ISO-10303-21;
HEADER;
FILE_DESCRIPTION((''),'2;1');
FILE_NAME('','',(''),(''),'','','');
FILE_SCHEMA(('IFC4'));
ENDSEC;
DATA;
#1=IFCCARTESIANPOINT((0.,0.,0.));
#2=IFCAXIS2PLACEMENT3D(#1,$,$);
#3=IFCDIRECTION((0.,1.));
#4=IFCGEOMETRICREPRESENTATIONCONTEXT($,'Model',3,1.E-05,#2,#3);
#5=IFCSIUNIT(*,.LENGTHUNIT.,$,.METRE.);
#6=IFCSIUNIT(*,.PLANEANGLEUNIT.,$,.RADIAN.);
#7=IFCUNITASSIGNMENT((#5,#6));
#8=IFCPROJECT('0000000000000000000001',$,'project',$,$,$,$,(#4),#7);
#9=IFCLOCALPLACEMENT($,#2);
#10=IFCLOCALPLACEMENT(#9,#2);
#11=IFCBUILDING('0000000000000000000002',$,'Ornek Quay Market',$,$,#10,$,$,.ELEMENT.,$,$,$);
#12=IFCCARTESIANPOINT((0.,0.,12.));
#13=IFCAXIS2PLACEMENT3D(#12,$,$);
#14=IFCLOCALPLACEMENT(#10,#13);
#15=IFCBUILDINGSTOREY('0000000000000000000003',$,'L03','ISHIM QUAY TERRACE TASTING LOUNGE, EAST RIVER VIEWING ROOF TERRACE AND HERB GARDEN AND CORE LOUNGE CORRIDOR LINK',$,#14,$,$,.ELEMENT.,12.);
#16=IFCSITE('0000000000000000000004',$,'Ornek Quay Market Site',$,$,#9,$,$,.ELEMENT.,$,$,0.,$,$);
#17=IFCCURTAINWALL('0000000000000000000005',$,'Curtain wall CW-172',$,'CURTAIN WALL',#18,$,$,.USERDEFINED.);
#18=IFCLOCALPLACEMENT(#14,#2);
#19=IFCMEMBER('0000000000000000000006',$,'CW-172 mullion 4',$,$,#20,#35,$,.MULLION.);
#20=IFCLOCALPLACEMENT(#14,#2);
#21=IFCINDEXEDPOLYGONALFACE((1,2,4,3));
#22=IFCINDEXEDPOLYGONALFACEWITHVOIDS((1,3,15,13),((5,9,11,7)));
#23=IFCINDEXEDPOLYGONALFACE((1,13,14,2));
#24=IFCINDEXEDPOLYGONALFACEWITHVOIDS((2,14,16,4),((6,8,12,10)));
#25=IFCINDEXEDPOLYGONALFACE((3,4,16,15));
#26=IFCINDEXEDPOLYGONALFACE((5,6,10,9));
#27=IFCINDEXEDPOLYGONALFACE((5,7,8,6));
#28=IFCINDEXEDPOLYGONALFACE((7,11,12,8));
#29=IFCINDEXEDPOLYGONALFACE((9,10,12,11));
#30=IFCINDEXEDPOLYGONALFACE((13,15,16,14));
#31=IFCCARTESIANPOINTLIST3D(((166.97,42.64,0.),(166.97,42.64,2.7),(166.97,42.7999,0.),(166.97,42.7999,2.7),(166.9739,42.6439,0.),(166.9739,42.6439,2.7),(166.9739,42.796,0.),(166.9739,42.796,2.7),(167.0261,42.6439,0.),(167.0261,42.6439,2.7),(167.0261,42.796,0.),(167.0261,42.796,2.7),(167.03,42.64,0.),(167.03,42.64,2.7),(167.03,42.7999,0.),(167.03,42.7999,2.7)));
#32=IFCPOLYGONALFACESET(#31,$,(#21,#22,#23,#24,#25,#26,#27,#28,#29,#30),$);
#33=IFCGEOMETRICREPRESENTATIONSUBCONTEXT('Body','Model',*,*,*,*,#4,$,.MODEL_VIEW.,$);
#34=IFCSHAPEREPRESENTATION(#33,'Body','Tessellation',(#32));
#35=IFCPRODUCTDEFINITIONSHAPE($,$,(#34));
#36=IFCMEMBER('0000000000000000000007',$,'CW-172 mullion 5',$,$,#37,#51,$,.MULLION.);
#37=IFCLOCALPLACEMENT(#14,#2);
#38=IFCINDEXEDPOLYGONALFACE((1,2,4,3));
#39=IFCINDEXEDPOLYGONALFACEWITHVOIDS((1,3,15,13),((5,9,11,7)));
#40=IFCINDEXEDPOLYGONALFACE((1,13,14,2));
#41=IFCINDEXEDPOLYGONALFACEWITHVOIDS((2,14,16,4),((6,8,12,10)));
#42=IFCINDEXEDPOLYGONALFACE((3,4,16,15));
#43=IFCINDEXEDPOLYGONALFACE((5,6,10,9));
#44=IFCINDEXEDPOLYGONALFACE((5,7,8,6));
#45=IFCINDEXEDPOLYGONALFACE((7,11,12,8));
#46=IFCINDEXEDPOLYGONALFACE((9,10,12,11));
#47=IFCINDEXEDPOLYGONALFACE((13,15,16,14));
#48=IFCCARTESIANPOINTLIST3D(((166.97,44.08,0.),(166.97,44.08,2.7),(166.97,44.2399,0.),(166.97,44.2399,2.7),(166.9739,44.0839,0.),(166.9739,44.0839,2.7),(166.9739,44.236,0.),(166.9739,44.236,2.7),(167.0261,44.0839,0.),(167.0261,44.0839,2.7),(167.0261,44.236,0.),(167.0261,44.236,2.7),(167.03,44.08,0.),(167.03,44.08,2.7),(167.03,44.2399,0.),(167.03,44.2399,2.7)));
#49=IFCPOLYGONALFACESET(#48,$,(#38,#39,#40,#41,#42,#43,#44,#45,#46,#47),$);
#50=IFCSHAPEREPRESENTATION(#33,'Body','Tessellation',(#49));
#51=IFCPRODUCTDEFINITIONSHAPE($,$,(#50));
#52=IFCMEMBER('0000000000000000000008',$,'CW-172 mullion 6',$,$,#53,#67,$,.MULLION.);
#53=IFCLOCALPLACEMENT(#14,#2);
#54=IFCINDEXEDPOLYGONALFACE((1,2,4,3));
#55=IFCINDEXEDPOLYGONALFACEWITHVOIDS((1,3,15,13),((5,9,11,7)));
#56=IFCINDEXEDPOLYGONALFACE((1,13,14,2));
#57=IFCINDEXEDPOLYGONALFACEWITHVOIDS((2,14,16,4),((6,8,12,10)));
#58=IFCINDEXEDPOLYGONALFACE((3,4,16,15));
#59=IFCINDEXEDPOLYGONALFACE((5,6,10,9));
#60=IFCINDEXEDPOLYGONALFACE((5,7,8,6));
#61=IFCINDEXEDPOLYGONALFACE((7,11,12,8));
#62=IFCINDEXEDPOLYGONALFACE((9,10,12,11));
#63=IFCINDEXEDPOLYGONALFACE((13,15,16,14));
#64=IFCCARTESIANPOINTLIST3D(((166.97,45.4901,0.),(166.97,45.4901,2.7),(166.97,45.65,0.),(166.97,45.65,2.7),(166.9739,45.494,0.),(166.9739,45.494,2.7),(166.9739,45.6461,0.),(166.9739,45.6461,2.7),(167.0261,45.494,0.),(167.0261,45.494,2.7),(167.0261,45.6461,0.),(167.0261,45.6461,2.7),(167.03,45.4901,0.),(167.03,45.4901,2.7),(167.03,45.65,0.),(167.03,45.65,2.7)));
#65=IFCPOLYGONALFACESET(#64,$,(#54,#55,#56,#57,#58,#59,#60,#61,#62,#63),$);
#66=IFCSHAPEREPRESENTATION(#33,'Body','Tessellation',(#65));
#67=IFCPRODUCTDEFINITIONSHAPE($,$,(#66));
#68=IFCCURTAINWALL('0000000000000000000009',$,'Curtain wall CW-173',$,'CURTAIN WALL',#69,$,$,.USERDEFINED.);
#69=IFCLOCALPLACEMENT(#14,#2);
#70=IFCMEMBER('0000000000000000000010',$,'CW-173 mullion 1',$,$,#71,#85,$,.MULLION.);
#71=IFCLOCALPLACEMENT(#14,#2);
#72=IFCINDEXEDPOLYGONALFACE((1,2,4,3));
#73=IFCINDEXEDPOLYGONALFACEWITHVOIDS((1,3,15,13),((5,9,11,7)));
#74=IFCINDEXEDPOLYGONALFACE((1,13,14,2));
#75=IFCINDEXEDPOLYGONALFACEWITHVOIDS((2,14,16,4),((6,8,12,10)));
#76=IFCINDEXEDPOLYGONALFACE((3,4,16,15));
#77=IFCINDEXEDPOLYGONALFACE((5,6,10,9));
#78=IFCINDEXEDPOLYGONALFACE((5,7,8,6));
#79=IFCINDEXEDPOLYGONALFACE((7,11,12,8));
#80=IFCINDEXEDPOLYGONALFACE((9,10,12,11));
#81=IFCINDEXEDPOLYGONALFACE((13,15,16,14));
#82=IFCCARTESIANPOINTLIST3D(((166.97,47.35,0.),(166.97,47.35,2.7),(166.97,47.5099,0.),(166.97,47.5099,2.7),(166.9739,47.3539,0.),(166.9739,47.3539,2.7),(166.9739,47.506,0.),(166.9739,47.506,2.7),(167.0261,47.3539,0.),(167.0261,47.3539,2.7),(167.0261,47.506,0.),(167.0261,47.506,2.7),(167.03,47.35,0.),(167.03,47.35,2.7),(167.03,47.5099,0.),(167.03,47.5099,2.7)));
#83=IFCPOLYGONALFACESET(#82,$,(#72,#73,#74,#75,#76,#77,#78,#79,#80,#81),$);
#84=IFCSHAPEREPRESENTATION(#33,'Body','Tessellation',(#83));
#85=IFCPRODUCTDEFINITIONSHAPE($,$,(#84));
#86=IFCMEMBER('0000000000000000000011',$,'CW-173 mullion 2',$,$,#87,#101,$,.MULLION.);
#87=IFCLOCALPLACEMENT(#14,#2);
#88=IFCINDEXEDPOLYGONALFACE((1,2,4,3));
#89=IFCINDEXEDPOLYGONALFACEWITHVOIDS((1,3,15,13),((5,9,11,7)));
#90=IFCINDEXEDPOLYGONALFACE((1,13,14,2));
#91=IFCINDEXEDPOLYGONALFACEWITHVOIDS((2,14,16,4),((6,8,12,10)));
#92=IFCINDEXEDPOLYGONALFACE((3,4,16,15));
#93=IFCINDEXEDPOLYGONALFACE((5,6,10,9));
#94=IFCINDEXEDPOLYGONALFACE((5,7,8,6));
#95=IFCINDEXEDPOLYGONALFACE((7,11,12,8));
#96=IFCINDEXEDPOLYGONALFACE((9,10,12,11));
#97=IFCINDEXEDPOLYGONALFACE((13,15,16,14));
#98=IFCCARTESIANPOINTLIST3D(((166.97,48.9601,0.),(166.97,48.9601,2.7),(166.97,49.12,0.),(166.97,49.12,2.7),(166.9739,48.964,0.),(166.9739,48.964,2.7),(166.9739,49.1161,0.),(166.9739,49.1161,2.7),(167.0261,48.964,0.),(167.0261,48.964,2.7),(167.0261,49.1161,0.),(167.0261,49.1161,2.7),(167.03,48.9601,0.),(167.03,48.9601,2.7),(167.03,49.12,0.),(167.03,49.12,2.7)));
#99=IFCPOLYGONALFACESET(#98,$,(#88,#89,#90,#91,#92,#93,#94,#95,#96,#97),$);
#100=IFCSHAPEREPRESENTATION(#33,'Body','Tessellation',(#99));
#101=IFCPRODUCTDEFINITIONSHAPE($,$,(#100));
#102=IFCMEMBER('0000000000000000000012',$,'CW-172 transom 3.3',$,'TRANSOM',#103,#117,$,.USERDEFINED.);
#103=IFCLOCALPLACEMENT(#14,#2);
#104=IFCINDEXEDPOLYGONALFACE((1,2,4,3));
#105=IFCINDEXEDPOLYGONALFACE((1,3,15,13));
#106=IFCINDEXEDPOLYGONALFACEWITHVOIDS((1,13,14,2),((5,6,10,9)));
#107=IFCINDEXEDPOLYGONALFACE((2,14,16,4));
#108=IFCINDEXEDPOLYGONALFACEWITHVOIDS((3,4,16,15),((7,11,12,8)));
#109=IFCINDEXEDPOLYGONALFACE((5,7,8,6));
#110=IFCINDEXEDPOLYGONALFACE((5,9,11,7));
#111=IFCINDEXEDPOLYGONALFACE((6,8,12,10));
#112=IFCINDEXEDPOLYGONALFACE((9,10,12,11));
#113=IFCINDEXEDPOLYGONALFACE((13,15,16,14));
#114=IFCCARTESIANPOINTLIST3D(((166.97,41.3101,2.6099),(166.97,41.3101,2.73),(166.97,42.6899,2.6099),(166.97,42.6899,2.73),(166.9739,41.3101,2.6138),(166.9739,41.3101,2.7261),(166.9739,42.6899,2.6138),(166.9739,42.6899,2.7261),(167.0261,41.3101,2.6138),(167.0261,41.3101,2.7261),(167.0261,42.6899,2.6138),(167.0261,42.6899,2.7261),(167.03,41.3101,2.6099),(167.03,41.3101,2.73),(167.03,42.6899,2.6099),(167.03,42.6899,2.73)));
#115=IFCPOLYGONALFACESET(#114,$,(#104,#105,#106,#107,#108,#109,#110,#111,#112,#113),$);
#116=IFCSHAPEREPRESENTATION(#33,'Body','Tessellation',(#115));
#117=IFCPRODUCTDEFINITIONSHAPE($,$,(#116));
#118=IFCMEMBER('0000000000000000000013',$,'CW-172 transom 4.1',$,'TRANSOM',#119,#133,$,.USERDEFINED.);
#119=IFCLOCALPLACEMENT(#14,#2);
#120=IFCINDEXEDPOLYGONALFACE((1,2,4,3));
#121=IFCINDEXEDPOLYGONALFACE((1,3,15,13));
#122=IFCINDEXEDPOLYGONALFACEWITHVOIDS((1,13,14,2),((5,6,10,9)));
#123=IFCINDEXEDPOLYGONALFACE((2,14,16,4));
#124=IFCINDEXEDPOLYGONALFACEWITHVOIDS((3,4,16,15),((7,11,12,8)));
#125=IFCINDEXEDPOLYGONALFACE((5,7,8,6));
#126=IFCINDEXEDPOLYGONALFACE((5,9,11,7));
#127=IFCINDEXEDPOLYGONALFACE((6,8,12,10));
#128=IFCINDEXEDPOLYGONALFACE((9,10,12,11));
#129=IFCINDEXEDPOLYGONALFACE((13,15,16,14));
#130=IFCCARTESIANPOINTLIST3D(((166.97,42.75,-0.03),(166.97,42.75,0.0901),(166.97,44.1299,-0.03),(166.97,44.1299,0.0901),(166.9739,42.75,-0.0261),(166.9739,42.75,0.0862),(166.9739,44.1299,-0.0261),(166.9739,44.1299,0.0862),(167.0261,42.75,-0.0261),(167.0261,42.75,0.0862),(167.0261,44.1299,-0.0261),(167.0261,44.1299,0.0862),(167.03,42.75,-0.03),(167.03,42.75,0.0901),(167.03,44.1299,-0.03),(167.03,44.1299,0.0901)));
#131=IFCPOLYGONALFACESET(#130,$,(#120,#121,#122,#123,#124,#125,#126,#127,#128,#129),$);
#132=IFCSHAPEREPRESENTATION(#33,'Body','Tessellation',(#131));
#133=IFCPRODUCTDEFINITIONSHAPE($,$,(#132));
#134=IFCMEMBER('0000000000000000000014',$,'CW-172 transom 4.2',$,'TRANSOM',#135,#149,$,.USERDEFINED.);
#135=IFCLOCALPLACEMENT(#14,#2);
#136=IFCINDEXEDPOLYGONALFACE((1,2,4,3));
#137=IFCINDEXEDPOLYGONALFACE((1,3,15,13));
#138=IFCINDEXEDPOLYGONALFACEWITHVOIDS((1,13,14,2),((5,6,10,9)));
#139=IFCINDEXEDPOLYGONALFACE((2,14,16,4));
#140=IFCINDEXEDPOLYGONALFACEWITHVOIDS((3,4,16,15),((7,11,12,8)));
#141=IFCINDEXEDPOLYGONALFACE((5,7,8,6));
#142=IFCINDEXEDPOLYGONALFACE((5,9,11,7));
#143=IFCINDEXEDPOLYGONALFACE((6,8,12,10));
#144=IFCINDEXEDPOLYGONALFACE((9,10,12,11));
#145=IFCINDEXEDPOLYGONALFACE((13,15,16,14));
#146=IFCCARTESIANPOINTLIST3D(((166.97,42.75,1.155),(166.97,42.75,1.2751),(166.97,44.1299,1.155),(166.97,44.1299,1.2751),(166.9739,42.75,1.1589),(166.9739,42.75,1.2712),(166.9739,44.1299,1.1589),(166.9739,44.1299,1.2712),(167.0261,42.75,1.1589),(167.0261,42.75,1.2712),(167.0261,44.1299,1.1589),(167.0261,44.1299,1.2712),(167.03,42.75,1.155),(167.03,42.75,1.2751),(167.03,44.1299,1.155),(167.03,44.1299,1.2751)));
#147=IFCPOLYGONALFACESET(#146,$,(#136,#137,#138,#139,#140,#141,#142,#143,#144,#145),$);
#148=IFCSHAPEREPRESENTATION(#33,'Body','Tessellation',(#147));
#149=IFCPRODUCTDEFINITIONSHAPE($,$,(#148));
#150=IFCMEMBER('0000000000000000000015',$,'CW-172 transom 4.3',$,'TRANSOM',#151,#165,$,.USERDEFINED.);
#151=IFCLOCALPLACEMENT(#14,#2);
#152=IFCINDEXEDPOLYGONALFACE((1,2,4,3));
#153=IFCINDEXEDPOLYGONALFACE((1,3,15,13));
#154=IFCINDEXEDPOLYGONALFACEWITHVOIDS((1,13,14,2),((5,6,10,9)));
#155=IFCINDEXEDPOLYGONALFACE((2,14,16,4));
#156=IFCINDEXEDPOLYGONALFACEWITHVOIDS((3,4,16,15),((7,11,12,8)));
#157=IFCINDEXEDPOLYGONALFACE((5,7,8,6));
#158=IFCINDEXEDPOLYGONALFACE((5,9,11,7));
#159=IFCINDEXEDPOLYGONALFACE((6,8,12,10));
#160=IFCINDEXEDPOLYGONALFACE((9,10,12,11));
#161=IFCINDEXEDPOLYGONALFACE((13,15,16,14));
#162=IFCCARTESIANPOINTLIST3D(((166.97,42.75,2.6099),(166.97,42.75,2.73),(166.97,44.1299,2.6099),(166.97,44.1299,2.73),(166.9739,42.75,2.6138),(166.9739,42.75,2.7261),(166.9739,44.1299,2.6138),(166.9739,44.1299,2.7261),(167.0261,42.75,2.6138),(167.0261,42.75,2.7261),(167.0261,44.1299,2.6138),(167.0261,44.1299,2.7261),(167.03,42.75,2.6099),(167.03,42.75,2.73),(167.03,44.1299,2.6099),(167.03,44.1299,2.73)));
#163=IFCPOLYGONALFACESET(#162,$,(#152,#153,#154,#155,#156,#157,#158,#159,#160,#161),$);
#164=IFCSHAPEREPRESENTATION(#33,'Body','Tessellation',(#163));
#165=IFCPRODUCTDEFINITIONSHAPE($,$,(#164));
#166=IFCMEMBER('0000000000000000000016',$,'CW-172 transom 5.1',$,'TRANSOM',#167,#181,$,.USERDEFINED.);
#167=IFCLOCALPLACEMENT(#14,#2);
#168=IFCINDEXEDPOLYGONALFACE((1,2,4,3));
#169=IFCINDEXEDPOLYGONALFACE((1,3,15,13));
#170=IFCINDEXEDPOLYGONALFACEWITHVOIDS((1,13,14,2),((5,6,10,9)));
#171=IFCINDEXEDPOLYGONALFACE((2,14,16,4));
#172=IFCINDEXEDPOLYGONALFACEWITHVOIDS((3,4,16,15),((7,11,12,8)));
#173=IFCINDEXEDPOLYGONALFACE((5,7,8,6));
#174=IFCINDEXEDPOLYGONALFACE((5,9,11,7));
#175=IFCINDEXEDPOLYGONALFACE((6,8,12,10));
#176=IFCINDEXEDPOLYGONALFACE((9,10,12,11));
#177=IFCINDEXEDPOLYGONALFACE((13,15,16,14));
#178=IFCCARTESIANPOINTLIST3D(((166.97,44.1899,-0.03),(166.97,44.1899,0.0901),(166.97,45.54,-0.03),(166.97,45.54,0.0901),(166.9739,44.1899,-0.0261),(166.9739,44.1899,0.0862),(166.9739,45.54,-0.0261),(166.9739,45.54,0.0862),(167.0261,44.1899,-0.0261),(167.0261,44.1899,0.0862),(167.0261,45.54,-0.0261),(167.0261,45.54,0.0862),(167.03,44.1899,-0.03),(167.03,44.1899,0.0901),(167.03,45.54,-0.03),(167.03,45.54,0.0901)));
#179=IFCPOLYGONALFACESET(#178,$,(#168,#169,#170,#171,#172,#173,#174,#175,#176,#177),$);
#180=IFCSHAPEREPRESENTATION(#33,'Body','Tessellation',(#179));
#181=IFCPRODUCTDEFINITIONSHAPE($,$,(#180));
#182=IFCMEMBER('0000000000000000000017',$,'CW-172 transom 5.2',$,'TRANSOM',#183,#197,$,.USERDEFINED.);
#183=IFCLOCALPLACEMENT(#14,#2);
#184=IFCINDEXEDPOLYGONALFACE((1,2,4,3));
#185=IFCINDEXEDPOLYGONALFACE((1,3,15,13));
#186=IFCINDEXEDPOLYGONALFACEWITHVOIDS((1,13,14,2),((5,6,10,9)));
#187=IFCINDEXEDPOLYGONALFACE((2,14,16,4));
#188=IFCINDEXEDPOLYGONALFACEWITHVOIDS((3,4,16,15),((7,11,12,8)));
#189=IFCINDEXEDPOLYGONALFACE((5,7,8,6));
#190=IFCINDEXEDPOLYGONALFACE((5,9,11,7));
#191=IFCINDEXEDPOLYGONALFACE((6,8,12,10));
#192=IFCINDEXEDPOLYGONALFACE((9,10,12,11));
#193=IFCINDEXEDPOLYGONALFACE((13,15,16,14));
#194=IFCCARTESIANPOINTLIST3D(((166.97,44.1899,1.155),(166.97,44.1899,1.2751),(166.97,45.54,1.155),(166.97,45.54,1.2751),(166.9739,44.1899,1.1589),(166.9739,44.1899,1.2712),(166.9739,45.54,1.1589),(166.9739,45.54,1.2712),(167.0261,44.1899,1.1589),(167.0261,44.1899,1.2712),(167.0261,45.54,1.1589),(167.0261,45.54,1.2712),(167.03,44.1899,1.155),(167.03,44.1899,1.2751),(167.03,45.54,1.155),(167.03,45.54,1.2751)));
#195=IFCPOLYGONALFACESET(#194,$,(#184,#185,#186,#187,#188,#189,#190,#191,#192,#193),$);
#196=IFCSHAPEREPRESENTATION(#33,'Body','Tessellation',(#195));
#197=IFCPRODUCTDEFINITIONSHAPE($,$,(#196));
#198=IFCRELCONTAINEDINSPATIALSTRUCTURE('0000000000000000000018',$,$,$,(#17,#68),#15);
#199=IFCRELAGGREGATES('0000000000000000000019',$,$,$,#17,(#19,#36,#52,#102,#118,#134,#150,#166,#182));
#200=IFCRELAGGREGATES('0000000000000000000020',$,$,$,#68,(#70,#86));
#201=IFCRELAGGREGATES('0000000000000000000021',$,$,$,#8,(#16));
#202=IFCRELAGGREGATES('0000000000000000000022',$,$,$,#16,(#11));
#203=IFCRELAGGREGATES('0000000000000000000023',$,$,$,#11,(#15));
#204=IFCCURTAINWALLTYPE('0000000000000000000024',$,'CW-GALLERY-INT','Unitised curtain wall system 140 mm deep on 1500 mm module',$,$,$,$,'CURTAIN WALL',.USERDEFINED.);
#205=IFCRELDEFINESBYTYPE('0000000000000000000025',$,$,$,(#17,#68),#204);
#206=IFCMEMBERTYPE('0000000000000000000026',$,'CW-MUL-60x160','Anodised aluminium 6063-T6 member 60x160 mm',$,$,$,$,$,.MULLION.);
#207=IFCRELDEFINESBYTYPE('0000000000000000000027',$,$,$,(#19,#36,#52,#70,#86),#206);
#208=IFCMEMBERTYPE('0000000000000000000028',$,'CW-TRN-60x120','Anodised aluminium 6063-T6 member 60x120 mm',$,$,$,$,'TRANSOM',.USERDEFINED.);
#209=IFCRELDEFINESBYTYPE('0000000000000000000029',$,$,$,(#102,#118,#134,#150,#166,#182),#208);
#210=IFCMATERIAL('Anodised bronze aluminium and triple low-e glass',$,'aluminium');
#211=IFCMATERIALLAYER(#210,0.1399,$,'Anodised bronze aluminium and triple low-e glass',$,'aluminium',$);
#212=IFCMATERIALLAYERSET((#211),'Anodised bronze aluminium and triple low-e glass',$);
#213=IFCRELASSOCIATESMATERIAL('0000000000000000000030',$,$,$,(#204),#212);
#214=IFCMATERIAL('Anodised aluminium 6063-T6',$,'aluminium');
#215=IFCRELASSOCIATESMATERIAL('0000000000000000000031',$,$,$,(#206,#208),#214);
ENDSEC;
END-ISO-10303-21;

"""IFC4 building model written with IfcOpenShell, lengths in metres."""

from ifc_helpers import new_model, si_unit, direction, frame, origin, origin_2d, place, context, subcontext, project, spatial, hollow_rectangle, extrude, material, layer, layer_set, material_profile, profile_set, type_object, element, aggregate, save


model = new_model("IFC4")

# Units and contexts
model_context = context("Model", 3, precision=1e-05, world=origin(), true_north=direction((0.0, 1.0)))
body_context = subcontext(model_context, "Body", "Model", "MODEL_VIEW")
ifc_project = project(units=[si_unit("LENGTHUNIT", "METRE"), si_unit("PLANEANGLEUNIT", "RADIAN")], contexts=[model_context])

# Site, building, storey
site_placement = place(None, origin())
site = spatial("IfcSite", under=ifc_project, at=site_placement, Name="Ornek Quay Market Site", CompositionType="ELEMENT", RefElevation=0.0)
building_placement = place(site_placement, origin())
building = spatial("IfcBuilding", under=site, at=building_placement, Name="Ornek Quay Market", CompositionType="ELEMENT")
storey_placement = place(building_placement, frame((0.0, 0.0, 12.0)))
storey = spatial("IfcBuildingStorey", under=building, at=storey_placement, Name="L03", Description="ISHIM QUAY TERRACE TASTING LOUNGE, EAST RIVER VIEWING ROOF TERRACE AND HERB GARDEN AND CORE LOUNGE CORRIDOR LINK", CompositionType="ELEMENT", Elevation=12.0)

# Curtain walls, members
ifc_material_1 = material(Name="Anodised bronze aluminium and triple low-e glass", Category="aluminium")
ifc_layer_1 = layer(ifc_material_1, 0.1399, Name="Anodised bronze aluminium and triple low-e glass", Category="aluminium")
ifc_layer_set_1 = layer_set([ifc_layer_1], Name="Anodised bronze aluminium and triple low-e glass")
curtain_wall_type = type_object("IfcCurtainWallType", Name="CW-GALLERY-INT", Description="Unitised curtain wall system 140 mm deep on 1500 mm module", ElementType="CURTAIN WALL", PredefinedType="USERDEFINED", material=ifc_layer_set_1)
curtain_wall_1_placement = place(storey_placement, origin())
curtain_wall_1 = element("IfcCurtainWall", 1, at=curtain_wall_1_placement, inside=storey, type_object=curtain_wall_type, Name="Curtain wall CW-172", ObjectType="CURTAIN WALL", PredefinedType="USERDEFINED")
ifc_material_2 = material(Name="Anodised aluminium 6063-T6", Category="aluminium")
ifc_material_profile_1 = material_profile(ifc_material_2, hollow_rectangle(XDim=0.0601, YDim=0.1599, WallThickness=0.0039, at=origin_2d()), Name="CW-MUL-60x160", Category="aluminium")
ifc_profile_set_1 = profile_set([ifc_material_profile_1], Name="Anodised aluminium 6063-T6")
member_type_1 = type_object("IfcMemberType", Name="CW-MUL-60x160", Description="Anodised aluminium 6063-T6 member 60x160 mm", PredefinedType="MULLION", material=ifc_profile_set_1)
member_1_placement = place(storey_placement, frame((167.0, 42.72, 0.0), z_axis=(0.0, 0.0, 1.0), x_axis=(-1.0, 0.0, 0.0)))
member_1 = element("IfcMember", 2, at=member_1_placement, type_object=member_type_1, Name="CW-172 mullion 4", PredefinedType="MULLION", context=body_context, shape_type="SweptSolid", body=[
    extrude(hollow_rectangle(XDim=0.0601, YDim=0.1599, WallThickness=0.0039, at=origin_2d()), origin(), (0.0, 0.0, 1.0), 2.7),
])
member_2_placement = place(storey_placement, frame((167.0, 44.1599, 0.0), z_axis=(0.0, 0.0, 1.0), x_axis=(-1.0, 0.0, 0.0)))
member_2 = element("IfcMember", 3, at=member_2_placement, type_object=member_type_1, Name="CW-172 mullion 5", PredefinedType="MULLION", context=body_context, shape_type="SweptSolid", body=[
    extrude(hollow_rectangle(XDim=0.0601, YDim=0.1599, WallThickness=0.0039, at=origin_2d()), origin(), (0.0, 0.0, 1.0), 2.7),
])
member_3_placement = place(storey_placement, frame((167.0, 45.5701, 0.0), z_axis=(0.0, 0.0, 1.0), x_axis=(-1.0, 0.0, 0.0)))
member_3 = element("IfcMember", 4, at=member_3_placement, type_object=member_type_1, Name="CW-172 mullion 6", PredefinedType="MULLION", context=body_context, shape_type="SweptSolid", body=[
    extrude(hollow_rectangle(XDim=0.0601, YDim=0.1599, WallThickness=0.0039, at=origin_2d()), origin(), (0.0, 0.0, 1.0), 2.7),
])
curtain_wall_2_placement = place(storey_placement, origin())
curtain_wall_2 = element("IfcCurtainWall", 5, at=curtain_wall_2_placement, inside=storey, type_object=curtain_wall_type, Name="Curtain wall CW-173", ObjectType="CURTAIN WALL", PredefinedType="USERDEFINED")
member_4_placement = place(storey_placement, frame((167.0, 47.4299, 0.0), z_axis=(0.0, 0.0, 1.0), x_axis=(-1.0, 0.0, 0.0)))
member_4 = element("IfcMember", 6, at=member_4_placement, type_object=member_type_1, Name="CW-173 mullion 1", PredefinedType="MULLION", context=body_context, shape_type="SweptSolid", body=[
    extrude(hollow_rectangle(XDim=0.0601, YDim=0.1599, WallThickness=0.0039, at=origin_2d()), origin(), (0.0, 0.0, 1.0), 2.7),
])
member_5_placement = place(storey_placement, frame((167.0, 49.04, 0.0), z_axis=(0.0, 0.0, 1.0), x_axis=(-1.0, 0.0, 0.0)))
member_5 = element("IfcMember", 7, at=member_5_placement, type_object=member_type_1, Name="CW-173 mullion 2", PredefinedType="MULLION", context=body_context, shape_type="SweptSolid", body=[
    extrude(hollow_rectangle(XDim=0.0601, YDim=0.1599, WallThickness=0.0039, at=origin_2d()), origin(), (0.0, 0.0, 1.0), 2.7),
])

# Members
ifc_material_profile_2 = material_profile(ifc_material_2, hollow_rectangle(XDim=0.0601, YDim=0.1201, WallThickness=0.0039, at=origin_2d()), Name="CW-TRN-60x120", Category="aluminium")
ifc_profile_set_2 = profile_set([ifc_material_profile_2], Name="Anodised aluminium 6063-T6")
member_type_2 = type_object("IfcMemberType", Name="CW-TRN-60x120", Description="Anodised aluminium 6063-T6 member 60x120 mm", ElementType="TRANSOM", PredefinedType="USERDEFINED", material=ifc_profile_set_2)
member_6_placement = place(storey_placement, frame((167.0, 41.3101, 2.6699), z_axis=(0.0, 1.0, 0.0), x_axis=(-1.0, 0.0, 0.0)))
member_6 = element("IfcMember", 8, at=member_6_placement, type_object=member_type_2, Name="CW-172 transom 3.3", ObjectType="TRANSOM", PredefinedType="USERDEFINED", context=body_context, shape_type="SweptSolid", body=[
    extrude(hollow_rectangle(XDim=0.0601, YDim=0.1201, WallThickness=0.0039, at=origin_2d()), origin(), (0.0, 0.0, 1.0), 1.3799),
])
member_7_placement = place(storey_placement, frame((167.0, 42.75, 0.03), z_axis=(0.0, 1.0, 0.0), x_axis=(-1.0, 0.0, 0.0)))
member_7 = element("IfcMember", 9, at=member_7_placement, type_object=member_type_2, Name="CW-172 transom 4.1", ObjectType="TRANSOM", PredefinedType="USERDEFINED", context=body_context, shape_type="SweptSolid", body=[
    extrude(hollow_rectangle(XDim=0.0601, YDim=0.1201, WallThickness=0.0039, at=origin_2d()), origin(), (0.0, 0.0, 1.0), 1.3799),
])
member_8_placement = place(storey_placement, frame((167.0, 42.75, 1.2151), z_axis=(0.0, 1.0, 0.0), x_axis=(-1.0, 0.0, 0.0)))
member_8 = element("IfcMember", 10, at=member_8_placement, type_object=member_type_2, Name="CW-172 transom 4.2", ObjectType="TRANSOM", PredefinedType="USERDEFINED", context=body_context, shape_type="SweptSolid", body=[
    extrude(hollow_rectangle(XDim=0.0601, YDim=0.1201, WallThickness=0.0039, at=origin_2d()), origin(), (0.0, 0.0, 1.0), 1.3799),
])
member_9_placement = place(storey_placement, frame((167.0, 42.75, 2.6699), z_axis=(0.0, 1.0, 0.0), x_axis=(-1.0, 0.0, 0.0)))
member_9 = element("IfcMember", 11, at=member_9_placement, type_object=member_type_2, Name="CW-172 transom 4.3", ObjectType="TRANSOM", PredefinedType="USERDEFINED", context=body_context, shape_type="SweptSolid", body=[
    extrude(hollow_rectangle(XDim=0.0601, YDim=0.1201, WallThickness=0.0039, at=origin_2d()), origin(), (0.0, 0.0, 1.0), 1.3799),
])
member_10_placement = place(storey_placement, frame((167.0, 44.1899, 0.03), z_axis=(0.0, 1.0, 0.0), x_axis=(-1.0, 0.0, 0.0)))
member_10 = element("IfcMember", 12, at=member_10_placement, type_object=member_type_2, Name="CW-172 transom 5.1", ObjectType="TRANSOM", PredefinedType="USERDEFINED", context=body_context, shape_type="SweptSolid", body=[
    extrude(hollow_rectangle(XDim=0.0601, YDim=0.1201, WallThickness=0.0039, at=origin_2d()), origin(), (0.0, 0.0, 1.0), 1.3501),
])
member_11_placement = place(storey_placement, frame((167.0, 44.1899, 1.2151), z_axis=(0.0, 1.0, 0.0), x_axis=(-1.0, 0.0, 0.0)))
member_11 = element("IfcMember", 13, at=member_11_placement, type_object=member_type_2, Name="CW-172 transom 5.2", ObjectType="TRANSOM", PredefinedType="USERDEFINED", context=body_context, shape_type="SweptSolid", body=[
    extrude(hollow_rectangle(XDim=0.0601, YDim=0.1201, WallThickness=0.0039, at=origin_2d()), origin(), (0.0, 0.0, 1.0), 1.3501),
])

aggregate(curtain_wall_1, [member_1, member_2, member_3, member_6, member_7, member_8, member_9, member_10, member_11])
aggregate(curtain_wall_2, [member_4, member_5])

save(model, "model.ifc")
